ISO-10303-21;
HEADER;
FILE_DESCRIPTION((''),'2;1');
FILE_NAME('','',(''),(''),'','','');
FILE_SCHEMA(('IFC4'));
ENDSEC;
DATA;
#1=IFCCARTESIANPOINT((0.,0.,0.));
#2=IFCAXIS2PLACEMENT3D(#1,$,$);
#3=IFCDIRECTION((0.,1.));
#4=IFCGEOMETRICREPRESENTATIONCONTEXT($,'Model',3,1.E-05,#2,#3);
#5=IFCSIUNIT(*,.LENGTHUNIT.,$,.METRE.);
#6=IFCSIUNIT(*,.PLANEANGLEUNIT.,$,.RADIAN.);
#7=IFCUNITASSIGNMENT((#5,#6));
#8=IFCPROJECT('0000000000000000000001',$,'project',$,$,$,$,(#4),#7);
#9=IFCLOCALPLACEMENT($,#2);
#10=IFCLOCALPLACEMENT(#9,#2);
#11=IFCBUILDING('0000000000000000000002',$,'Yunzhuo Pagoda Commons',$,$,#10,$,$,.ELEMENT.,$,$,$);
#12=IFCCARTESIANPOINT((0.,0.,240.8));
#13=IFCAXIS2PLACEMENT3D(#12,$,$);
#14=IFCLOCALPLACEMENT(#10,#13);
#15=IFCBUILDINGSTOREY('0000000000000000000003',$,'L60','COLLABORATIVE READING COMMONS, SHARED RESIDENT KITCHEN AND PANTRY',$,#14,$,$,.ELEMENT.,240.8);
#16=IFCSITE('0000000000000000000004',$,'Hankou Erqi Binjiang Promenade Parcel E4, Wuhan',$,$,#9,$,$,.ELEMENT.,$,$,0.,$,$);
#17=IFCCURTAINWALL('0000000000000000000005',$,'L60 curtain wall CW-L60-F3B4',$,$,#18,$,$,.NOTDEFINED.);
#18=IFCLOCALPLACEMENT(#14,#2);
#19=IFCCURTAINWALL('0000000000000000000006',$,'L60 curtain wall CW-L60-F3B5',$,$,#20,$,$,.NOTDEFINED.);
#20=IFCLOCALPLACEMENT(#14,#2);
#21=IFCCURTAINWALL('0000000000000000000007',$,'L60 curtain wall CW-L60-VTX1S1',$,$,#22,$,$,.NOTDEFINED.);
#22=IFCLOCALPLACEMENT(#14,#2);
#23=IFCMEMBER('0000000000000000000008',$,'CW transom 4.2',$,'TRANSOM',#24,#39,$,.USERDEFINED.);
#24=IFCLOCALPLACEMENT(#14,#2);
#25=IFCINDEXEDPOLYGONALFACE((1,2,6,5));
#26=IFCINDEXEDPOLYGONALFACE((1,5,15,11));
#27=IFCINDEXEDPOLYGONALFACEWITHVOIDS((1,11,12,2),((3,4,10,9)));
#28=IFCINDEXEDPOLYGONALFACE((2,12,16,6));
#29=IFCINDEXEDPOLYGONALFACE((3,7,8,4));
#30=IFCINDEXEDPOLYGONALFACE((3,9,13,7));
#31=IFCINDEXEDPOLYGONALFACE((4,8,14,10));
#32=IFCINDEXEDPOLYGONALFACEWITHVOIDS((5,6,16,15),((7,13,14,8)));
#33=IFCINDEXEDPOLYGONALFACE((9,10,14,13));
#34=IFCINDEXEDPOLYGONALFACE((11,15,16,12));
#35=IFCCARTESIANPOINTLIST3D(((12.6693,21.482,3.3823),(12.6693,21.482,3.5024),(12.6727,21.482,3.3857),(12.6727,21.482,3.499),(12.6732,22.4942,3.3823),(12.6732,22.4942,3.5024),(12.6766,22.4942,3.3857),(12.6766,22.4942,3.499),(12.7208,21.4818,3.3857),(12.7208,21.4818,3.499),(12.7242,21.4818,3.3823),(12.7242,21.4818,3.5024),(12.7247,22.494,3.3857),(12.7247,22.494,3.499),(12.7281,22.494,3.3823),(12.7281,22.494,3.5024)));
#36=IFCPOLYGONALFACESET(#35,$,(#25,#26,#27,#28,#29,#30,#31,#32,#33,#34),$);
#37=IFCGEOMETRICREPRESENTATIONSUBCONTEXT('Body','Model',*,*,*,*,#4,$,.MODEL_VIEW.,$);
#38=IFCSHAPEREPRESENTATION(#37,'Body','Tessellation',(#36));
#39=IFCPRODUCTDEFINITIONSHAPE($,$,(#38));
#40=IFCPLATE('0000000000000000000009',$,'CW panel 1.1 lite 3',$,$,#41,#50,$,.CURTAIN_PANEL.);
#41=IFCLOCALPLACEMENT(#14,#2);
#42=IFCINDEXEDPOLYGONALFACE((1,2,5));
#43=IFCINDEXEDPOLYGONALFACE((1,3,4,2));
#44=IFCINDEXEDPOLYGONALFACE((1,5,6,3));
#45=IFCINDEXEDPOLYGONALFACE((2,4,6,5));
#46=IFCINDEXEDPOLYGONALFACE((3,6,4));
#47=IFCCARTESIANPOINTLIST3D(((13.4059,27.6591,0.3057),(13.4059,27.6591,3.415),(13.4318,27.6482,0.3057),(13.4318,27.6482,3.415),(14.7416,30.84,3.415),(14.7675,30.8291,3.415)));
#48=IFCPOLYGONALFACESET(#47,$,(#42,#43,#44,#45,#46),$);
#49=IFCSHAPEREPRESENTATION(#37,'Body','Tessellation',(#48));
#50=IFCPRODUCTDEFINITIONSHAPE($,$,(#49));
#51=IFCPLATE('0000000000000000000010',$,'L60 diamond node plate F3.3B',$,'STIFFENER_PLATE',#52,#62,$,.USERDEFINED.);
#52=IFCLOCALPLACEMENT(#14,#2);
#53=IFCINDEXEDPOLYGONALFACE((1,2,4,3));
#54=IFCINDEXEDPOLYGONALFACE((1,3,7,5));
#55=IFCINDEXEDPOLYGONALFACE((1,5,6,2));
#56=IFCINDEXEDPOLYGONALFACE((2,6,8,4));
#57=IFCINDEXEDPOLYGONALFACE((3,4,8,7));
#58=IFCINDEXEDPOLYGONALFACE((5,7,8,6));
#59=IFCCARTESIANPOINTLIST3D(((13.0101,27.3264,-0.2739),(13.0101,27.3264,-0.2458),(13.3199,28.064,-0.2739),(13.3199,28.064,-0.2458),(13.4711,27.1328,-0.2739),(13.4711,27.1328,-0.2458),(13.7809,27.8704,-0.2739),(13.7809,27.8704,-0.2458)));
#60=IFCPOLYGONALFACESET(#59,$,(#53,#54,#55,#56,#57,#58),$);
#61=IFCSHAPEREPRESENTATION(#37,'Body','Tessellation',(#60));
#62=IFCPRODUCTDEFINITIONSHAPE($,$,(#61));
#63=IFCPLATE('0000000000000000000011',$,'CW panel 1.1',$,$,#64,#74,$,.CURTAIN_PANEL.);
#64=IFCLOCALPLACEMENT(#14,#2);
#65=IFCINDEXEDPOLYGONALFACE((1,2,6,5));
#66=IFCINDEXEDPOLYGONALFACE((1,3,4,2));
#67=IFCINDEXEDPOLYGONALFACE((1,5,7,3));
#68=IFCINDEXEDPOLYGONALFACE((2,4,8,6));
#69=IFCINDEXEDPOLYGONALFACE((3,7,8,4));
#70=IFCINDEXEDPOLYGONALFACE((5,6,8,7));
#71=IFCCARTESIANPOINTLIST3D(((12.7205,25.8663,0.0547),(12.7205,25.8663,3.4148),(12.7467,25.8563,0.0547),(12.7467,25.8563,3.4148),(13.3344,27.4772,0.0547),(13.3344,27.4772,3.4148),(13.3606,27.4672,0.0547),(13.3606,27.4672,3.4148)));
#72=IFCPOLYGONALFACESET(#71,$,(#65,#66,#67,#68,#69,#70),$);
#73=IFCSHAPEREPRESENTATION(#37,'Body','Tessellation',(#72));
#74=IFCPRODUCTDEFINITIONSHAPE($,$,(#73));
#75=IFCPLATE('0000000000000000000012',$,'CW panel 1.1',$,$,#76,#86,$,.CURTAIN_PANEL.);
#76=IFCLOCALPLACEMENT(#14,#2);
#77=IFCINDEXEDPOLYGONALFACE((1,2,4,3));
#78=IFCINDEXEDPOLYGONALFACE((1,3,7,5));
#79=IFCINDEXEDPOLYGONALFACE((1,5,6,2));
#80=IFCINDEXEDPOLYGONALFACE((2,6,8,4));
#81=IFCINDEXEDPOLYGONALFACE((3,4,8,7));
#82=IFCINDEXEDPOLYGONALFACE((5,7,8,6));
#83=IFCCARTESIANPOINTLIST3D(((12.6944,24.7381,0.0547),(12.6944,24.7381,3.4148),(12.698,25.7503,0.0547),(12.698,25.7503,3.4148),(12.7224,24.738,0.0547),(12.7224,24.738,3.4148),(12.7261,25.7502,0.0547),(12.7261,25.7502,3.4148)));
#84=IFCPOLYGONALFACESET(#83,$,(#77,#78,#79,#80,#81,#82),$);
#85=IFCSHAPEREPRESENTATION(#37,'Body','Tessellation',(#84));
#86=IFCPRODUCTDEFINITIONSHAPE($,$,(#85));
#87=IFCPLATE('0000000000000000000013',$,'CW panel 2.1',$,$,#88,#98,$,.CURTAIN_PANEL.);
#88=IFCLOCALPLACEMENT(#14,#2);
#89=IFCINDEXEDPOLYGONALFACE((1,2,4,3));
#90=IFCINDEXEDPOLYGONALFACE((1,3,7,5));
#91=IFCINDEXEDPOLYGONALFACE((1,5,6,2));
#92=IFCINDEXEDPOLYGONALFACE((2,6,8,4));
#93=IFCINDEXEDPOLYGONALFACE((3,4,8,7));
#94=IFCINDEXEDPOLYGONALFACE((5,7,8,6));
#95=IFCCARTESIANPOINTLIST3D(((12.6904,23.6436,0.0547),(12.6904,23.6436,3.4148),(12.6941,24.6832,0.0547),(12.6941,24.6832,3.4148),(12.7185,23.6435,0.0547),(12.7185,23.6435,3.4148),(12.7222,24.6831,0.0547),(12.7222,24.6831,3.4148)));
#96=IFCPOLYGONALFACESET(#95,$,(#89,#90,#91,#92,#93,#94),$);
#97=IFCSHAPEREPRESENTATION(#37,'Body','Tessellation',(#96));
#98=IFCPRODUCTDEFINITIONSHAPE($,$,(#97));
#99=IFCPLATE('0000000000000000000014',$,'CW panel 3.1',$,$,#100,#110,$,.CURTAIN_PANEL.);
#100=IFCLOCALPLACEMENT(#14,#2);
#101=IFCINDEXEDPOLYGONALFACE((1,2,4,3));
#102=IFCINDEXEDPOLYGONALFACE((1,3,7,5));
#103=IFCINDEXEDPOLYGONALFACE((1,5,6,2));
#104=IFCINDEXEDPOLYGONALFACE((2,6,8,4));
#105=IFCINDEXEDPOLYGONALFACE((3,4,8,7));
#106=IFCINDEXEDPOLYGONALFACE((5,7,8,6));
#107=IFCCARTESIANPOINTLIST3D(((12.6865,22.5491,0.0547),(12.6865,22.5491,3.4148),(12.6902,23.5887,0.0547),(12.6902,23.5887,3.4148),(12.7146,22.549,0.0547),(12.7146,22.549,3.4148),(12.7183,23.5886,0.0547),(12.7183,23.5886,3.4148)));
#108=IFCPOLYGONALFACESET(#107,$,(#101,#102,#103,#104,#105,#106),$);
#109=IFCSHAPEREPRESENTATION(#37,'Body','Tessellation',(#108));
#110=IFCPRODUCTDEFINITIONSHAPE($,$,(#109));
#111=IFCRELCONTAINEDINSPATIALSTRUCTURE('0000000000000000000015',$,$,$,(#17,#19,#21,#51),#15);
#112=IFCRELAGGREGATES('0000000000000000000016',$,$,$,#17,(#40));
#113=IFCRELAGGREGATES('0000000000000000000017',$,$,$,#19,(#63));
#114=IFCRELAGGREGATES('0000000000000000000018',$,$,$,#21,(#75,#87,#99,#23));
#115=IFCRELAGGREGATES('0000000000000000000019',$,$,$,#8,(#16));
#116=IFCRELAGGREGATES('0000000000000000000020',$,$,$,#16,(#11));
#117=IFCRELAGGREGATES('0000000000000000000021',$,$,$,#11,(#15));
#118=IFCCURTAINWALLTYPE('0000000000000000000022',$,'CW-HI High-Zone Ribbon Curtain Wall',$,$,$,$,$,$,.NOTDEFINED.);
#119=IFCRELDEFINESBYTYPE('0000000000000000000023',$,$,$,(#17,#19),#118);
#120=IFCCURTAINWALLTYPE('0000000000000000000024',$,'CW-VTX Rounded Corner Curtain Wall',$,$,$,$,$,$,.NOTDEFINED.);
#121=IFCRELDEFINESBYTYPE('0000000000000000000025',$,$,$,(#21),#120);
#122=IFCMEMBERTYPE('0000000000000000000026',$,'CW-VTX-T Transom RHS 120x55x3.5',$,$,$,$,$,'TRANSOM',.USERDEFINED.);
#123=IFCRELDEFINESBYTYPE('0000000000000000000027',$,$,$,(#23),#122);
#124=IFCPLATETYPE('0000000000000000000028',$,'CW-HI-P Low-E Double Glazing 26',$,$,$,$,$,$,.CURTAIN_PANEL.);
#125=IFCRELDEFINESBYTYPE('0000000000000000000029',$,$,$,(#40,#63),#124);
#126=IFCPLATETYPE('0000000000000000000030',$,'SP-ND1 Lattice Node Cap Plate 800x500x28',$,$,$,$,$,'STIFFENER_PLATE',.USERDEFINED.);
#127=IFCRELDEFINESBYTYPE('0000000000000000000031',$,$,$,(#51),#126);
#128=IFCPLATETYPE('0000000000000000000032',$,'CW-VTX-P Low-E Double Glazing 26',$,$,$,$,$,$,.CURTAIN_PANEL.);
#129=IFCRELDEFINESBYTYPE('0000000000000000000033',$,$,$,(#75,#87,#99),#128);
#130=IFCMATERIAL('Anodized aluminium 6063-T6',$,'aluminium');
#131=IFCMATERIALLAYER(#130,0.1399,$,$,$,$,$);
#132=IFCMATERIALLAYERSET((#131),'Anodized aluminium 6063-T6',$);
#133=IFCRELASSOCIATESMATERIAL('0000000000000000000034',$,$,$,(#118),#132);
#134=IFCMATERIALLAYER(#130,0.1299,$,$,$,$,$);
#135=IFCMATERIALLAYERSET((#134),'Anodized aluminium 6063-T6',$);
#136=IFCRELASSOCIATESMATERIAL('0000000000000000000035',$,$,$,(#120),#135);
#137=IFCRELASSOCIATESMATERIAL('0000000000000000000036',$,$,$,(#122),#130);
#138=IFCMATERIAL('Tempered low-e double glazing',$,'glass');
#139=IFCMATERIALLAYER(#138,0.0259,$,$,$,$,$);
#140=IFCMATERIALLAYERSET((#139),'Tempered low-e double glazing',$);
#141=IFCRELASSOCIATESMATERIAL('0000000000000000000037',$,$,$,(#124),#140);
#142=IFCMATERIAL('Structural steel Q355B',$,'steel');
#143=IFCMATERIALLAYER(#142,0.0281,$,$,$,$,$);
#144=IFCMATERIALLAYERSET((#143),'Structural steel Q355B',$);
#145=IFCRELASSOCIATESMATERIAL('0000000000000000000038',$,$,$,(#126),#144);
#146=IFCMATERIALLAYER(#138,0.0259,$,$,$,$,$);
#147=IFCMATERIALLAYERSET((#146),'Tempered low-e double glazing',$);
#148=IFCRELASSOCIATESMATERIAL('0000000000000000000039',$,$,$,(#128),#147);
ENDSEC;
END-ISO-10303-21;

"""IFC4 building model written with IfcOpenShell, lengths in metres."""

from ifc_helpers import new_model, si_unit, direction, frame, origin, origin_2d, place, context, subcontext, project, spatial, polyline, rectangle, hollow_rectangle, outline, extrude, source, transform, mapped, material, layer, layer_set, material_profile, profile_set, type_object, element, aggregate, save


model = new_model("IFC4")

# Units and contexts
model_context = context("Model", 3, precision=1e-05, world=origin(), true_north=direction((0.0, 1.0)))
body_context = subcontext(model_context, "Body", "Model", "MODEL_VIEW")
ifc_project = project(units=[si_unit("LENGTHUNIT", "METRE"), si_unit("PLANEANGLEUNIT", "RADIAN")], contexts=[model_context])

# Site, building, storey
site_placement = place(None, origin())
site = spatial("IfcSite", under=ifc_project, at=site_placement, Name="Hankou Erqi Binjiang Promenade Parcel E4, Wuhan", CompositionType="ELEMENT", RefElevation=0.0)
building_placement = place(site_placement, origin())
building = spatial("IfcBuilding", under=site, at=building_placement, Name="Yunzhuo Pagoda Commons", CompositionType="ELEMENT")
storey_placement = place(building_placement, frame((0.0, 0.0, 240.8)))
storey = spatial("IfcBuildingStorey", under=building, at=storey_placement, Name="L60", Description="COLLABORATIVE READING COMMONS, SHARED RESIDENT KITCHEN AND PANTRY", CompositionType="ELEMENT", Elevation=240.8)

# Shared definitions
ifc_material_1 = material(Name="Structural steel Q355B", Category="steel")

# Curtain wall
ifc_material_2 = material(Name="Anodized aluminium 6063-T6", Category="aluminium")
ifc_layer_1 = layer(ifc_material_2, 0.1399)
ifc_layer_set_1 = layer_set([ifc_layer_1], Name="Anodized aluminium 6063-T6")
curtain_wall_type_1 = type_object("IfcCurtainWallType", Name="CW-HI High-Zone Ribbon Curtain Wall", PredefinedType="NOTDEFINED", material=ifc_layer_set_1)
curtain_wall_1_placement = place(storey_placement, origin())
curtain_wall_1 = element("IfcCurtainWall", 1, at=curtain_wall_1_placement, inside=storey, type_object=curtain_wall_type_1, Name="L60 curtain wall CW-L60-F3B4", PredefinedType="NOTDEFINED")

# Curtain walls, member
curtain_wall_2_placement = place(storey_placement, origin())
curtain_wall_2 = element("IfcCurtainWall", 2, at=curtain_wall_2_placement, inside=storey, type_object=curtain_wall_type_1, Name="L60 curtain wall CW-L60-F3B5", PredefinedType="NOTDEFINED")
ifc_layer_2 = layer(ifc_material_2, 0.1299)
ifc_layer_set_2 = layer_set([ifc_layer_2], Name="Anodized aluminium 6063-T6")
curtain_wall_type_2 = type_object("IfcCurtainWallType", Name="CW-VTX Rounded Corner Curtain Wall", PredefinedType="NOTDEFINED", material=ifc_layer_set_2)
curtain_wall_3_placement = place(storey_placement, origin())
curtain_wall_3 = element("IfcCurtainWall", 3, at=curtain_wall_3_placement, inside=storey, type_object=curtain_wall_type_2, Name="L60 curtain wall CW-L60-VTX1S1", PredefinedType="NOTDEFINED")
ifc_material_profile_1 = material_profile(ifc_material_2, hollow_rectangle(XDim=0.0549, YDim=0.1201, WallThickness=0.0034, at=origin_2d()), Name="Anodized aluminium 6063-T6")
ifc_profile_set_1 = profile_set([ifc_material_profile_1], Name="Anodized aluminium 6063-T6")
member_type_1 = type_object("IfcMemberType", Name="CW-VTX-T Transom RHS 120x55x3.5", ElementType="TRANSOM", PredefinedType="USERDEFINED", material=ifc_profile_set_1)
shared_shape_1 = source(origin(), body_context, "Body", "SweptSolid", [
    extrude(hollow_rectangle(XDim=0.0549, YDim=0.1201, WallThickness=0.0034, at=origin_2d()), origin(), (0.0, 0.0, 1.0), 1.0122),
])
member_1_placement = place(storey_placement, frame((12.7007, 22.4941, 3.4424), z_axis=(-0.003859, -0.999993, 0.0), x_axis=(0.999993, -0.003859, 0.0)))
member_1 = element("IfcMember", 4, at=member_1_placement, type_object=member_type_1, Name="CW transom 4.2", ObjectType="TRANSOM", PredefinedType="USERDEFINED", context=body_context, shape_type="MappedRepresentation", body=[
    mapped(shared_shape_1, transform((0.0, 0.0, 0.0), scale=1.0)),
])

# Plates
ifc_material_3 = material(Name="Tempered low-e double glazing", Category="glass")
ifc_layer_3 = layer(ifc_material_3, 0.0259)
ifc_layer_set_3 = layer_set([ifc_layer_3], Name="Tempered low-e double glazing")
plate_type_1 = type_object("IfcPlateType", Name="CW-HI-P Low-E Double Glazing 26", PredefinedType="CURTAIN_PANEL", material=ifc_layer_set_3)
plate_1_placement = place(storey_placement, frame((14.0996, 29.2385, 1.8604), z_axis=(-0.922008, 0.38717, 0.0), x_axis=(-0.38717, -0.922008, 0.0)))
plate_1 = element("IfcPlate", 5, at=plate_1_placement, type_object=plate_type_1, Name="CW panel 1.1 lite 3", PredefinedType="CURTAIN_PANEL", context=body_context, shape_type="SweptSolid", body=[
    extrude(outline(polyline([(-1.7251, 1.5547), (1.7249, -1.5547), (1.7249, 1.5547), (-1.7251, 1.5547)])), origin(), (0.0, 0.0, 1.0), 0.0281),
])
aggregate(curtain_wall_1, [plate_1])
ifc_layer_4 = layer(ifc_material_1, 0.0281)
ifc_layer_set_4 = layer_set([ifc_layer_4], Name="Structural steel Q355B")
plate_type_2 = type_object("IfcPlateType", Name="SP-ND1 Lattice Node Cap Plate 800x500x28", ElementType="STIFFENER_PLATE", PredefinedType="USERDEFINED", material=ifc_layer_set_4)
shared_shape_2 = source(origin(), body_context, "Body", "SweptSolid", [
    extrude(rectangle(XDim=0.8, YDim=0.5, at=origin_2d()), origin(), (0.0, 0.0, 1.0), 0.0281),
])
plate_2_placement = place(storey_placement, frame((13.3955, 27.5984, -0.2739), z_axis=(0.0, 0.0, 1.0), x_axis=(-0.387178, -0.922005, 0.0)))
element("IfcPlate", 6, at=plate_2_placement, inside=storey, type_object=plate_type_2, Name="L60 diamond node plate F3.3B", ObjectType="STIFFENER_PLATE", PredefinedType="USERDEFINED", context=body_context, shape_type="MappedRepresentation", body=[
    mapped(shared_shape_2, transform((0.0, 0.0, 0.0), scale=1.0)),
])
shared_shape_3 = source(origin(), body_context, "Body", "SweptSolid", [
    extrude(rectangle(XDim=1.7239, YDim=0.0281, at=origin_2d()), origin(), (0.0, 0.0, 1.0), 3.3601),
])
plate_3_placement = place(storey_placement, frame((13.0405, 26.6667, 0.0547), z_axis=(0.0, 0.0, 1.0), x_axis=(-0.356117, -0.934441, 0.0)))
plate_3 = element("IfcPlate", 7, at=plate_3_placement, type_object=plate_type_1, Name="CW panel 1.1", PredefinedType="CURTAIN_PANEL", context=body_context, shape_type="MappedRepresentation", body=[
    mapped(shared_shape_3, transform((0.0, 0.0, 0.0), scale=1.0)),
])
aggregate(curtain_wall_2, [plate_3])
ifc_layer_5 = layer(ifc_material_3, 0.0259)
ifc_layer_set_5 = layer_set([ifc_layer_5], Name="Tempered low-e double glazing")
plate_type_3 = type_object("IfcPlateType", Name="CW-VTX-P Low-E Double Glazing 26", PredefinedType="CURTAIN_PANEL", material=ifc_layer_set_5)
shared_shape_4 = source(origin(), body_context, "Body", "SweptSolid", [
    extrude(rectangle(XDim=1.0122, YDim=0.0281, at=origin_2d()), origin(), (0.0, 0.0, 1.0), 3.3601),
])
plate_4_placement = place(storey_placement, frame((12.7102, 25.2441, 0.0547), z_axis=(0.0, 0.0, 1.0), x_axis=(-0.003586, -0.999994, 0.0)))
plate_4 = element("IfcPlate", 8, at=plate_4_placement, type_object=plate_type_3, Name="CW panel 1.1", PredefinedType="CURTAIN_PANEL", context=body_context, shape_type="MappedRepresentation", body=[
    mapped(shared_shape_4, transform((0.0, 0.0, 0.0), scale=1.0)),
])
shared_shape_5 = source(origin(), body_context, "Body", "SweptSolid", [
    extrude(rectangle(XDim=1.0396, YDim=0.0281, at=origin_2d()), origin(), (0.0, 0.0, 1.0), 3.3601),
])
plate_5_placement = place(storey_placement, frame((12.7063, 24.1633, 0.0547), z_axis=(0.0, 0.0, 1.0), x_axis=(-0.003586, -0.999994, 0.0)))
plate_5 = element("IfcPlate", 9, at=plate_5_placement, type_object=plate_type_3, Name="CW panel 2.1", PredefinedType="CURTAIN_PANEL", context=body_context, shape_type="MappedRepresentation", body=[
    mapped(shared_shape_5, transform((0.0, 0.0, 0.0), scale=1.0)),
])
plate_6_placement = place(storey_placement, frame((12.7024, 23.0688, 0.0547), z_axis=(0.0, 0.0, 1.0), x_axis=(-0.003586, -0.999994, 0.0)))
plate_6 = element("IfcPlate", 10, at=plate_6_placement, type_object=plate_type_3, Name="CW panel 3.1", PredefinedType="CURTAIN_PANEL", context=body_context, shape_type="MappedRepresentation", body=[
    mapped(shared_shape_5, transform((0.0, 0.0, 0.0), scale=1.0)),
])
aggregate(curtain_wall_3, [plate_4, plate_5, plate_6, member_1])

save(model, "model.ifc")
